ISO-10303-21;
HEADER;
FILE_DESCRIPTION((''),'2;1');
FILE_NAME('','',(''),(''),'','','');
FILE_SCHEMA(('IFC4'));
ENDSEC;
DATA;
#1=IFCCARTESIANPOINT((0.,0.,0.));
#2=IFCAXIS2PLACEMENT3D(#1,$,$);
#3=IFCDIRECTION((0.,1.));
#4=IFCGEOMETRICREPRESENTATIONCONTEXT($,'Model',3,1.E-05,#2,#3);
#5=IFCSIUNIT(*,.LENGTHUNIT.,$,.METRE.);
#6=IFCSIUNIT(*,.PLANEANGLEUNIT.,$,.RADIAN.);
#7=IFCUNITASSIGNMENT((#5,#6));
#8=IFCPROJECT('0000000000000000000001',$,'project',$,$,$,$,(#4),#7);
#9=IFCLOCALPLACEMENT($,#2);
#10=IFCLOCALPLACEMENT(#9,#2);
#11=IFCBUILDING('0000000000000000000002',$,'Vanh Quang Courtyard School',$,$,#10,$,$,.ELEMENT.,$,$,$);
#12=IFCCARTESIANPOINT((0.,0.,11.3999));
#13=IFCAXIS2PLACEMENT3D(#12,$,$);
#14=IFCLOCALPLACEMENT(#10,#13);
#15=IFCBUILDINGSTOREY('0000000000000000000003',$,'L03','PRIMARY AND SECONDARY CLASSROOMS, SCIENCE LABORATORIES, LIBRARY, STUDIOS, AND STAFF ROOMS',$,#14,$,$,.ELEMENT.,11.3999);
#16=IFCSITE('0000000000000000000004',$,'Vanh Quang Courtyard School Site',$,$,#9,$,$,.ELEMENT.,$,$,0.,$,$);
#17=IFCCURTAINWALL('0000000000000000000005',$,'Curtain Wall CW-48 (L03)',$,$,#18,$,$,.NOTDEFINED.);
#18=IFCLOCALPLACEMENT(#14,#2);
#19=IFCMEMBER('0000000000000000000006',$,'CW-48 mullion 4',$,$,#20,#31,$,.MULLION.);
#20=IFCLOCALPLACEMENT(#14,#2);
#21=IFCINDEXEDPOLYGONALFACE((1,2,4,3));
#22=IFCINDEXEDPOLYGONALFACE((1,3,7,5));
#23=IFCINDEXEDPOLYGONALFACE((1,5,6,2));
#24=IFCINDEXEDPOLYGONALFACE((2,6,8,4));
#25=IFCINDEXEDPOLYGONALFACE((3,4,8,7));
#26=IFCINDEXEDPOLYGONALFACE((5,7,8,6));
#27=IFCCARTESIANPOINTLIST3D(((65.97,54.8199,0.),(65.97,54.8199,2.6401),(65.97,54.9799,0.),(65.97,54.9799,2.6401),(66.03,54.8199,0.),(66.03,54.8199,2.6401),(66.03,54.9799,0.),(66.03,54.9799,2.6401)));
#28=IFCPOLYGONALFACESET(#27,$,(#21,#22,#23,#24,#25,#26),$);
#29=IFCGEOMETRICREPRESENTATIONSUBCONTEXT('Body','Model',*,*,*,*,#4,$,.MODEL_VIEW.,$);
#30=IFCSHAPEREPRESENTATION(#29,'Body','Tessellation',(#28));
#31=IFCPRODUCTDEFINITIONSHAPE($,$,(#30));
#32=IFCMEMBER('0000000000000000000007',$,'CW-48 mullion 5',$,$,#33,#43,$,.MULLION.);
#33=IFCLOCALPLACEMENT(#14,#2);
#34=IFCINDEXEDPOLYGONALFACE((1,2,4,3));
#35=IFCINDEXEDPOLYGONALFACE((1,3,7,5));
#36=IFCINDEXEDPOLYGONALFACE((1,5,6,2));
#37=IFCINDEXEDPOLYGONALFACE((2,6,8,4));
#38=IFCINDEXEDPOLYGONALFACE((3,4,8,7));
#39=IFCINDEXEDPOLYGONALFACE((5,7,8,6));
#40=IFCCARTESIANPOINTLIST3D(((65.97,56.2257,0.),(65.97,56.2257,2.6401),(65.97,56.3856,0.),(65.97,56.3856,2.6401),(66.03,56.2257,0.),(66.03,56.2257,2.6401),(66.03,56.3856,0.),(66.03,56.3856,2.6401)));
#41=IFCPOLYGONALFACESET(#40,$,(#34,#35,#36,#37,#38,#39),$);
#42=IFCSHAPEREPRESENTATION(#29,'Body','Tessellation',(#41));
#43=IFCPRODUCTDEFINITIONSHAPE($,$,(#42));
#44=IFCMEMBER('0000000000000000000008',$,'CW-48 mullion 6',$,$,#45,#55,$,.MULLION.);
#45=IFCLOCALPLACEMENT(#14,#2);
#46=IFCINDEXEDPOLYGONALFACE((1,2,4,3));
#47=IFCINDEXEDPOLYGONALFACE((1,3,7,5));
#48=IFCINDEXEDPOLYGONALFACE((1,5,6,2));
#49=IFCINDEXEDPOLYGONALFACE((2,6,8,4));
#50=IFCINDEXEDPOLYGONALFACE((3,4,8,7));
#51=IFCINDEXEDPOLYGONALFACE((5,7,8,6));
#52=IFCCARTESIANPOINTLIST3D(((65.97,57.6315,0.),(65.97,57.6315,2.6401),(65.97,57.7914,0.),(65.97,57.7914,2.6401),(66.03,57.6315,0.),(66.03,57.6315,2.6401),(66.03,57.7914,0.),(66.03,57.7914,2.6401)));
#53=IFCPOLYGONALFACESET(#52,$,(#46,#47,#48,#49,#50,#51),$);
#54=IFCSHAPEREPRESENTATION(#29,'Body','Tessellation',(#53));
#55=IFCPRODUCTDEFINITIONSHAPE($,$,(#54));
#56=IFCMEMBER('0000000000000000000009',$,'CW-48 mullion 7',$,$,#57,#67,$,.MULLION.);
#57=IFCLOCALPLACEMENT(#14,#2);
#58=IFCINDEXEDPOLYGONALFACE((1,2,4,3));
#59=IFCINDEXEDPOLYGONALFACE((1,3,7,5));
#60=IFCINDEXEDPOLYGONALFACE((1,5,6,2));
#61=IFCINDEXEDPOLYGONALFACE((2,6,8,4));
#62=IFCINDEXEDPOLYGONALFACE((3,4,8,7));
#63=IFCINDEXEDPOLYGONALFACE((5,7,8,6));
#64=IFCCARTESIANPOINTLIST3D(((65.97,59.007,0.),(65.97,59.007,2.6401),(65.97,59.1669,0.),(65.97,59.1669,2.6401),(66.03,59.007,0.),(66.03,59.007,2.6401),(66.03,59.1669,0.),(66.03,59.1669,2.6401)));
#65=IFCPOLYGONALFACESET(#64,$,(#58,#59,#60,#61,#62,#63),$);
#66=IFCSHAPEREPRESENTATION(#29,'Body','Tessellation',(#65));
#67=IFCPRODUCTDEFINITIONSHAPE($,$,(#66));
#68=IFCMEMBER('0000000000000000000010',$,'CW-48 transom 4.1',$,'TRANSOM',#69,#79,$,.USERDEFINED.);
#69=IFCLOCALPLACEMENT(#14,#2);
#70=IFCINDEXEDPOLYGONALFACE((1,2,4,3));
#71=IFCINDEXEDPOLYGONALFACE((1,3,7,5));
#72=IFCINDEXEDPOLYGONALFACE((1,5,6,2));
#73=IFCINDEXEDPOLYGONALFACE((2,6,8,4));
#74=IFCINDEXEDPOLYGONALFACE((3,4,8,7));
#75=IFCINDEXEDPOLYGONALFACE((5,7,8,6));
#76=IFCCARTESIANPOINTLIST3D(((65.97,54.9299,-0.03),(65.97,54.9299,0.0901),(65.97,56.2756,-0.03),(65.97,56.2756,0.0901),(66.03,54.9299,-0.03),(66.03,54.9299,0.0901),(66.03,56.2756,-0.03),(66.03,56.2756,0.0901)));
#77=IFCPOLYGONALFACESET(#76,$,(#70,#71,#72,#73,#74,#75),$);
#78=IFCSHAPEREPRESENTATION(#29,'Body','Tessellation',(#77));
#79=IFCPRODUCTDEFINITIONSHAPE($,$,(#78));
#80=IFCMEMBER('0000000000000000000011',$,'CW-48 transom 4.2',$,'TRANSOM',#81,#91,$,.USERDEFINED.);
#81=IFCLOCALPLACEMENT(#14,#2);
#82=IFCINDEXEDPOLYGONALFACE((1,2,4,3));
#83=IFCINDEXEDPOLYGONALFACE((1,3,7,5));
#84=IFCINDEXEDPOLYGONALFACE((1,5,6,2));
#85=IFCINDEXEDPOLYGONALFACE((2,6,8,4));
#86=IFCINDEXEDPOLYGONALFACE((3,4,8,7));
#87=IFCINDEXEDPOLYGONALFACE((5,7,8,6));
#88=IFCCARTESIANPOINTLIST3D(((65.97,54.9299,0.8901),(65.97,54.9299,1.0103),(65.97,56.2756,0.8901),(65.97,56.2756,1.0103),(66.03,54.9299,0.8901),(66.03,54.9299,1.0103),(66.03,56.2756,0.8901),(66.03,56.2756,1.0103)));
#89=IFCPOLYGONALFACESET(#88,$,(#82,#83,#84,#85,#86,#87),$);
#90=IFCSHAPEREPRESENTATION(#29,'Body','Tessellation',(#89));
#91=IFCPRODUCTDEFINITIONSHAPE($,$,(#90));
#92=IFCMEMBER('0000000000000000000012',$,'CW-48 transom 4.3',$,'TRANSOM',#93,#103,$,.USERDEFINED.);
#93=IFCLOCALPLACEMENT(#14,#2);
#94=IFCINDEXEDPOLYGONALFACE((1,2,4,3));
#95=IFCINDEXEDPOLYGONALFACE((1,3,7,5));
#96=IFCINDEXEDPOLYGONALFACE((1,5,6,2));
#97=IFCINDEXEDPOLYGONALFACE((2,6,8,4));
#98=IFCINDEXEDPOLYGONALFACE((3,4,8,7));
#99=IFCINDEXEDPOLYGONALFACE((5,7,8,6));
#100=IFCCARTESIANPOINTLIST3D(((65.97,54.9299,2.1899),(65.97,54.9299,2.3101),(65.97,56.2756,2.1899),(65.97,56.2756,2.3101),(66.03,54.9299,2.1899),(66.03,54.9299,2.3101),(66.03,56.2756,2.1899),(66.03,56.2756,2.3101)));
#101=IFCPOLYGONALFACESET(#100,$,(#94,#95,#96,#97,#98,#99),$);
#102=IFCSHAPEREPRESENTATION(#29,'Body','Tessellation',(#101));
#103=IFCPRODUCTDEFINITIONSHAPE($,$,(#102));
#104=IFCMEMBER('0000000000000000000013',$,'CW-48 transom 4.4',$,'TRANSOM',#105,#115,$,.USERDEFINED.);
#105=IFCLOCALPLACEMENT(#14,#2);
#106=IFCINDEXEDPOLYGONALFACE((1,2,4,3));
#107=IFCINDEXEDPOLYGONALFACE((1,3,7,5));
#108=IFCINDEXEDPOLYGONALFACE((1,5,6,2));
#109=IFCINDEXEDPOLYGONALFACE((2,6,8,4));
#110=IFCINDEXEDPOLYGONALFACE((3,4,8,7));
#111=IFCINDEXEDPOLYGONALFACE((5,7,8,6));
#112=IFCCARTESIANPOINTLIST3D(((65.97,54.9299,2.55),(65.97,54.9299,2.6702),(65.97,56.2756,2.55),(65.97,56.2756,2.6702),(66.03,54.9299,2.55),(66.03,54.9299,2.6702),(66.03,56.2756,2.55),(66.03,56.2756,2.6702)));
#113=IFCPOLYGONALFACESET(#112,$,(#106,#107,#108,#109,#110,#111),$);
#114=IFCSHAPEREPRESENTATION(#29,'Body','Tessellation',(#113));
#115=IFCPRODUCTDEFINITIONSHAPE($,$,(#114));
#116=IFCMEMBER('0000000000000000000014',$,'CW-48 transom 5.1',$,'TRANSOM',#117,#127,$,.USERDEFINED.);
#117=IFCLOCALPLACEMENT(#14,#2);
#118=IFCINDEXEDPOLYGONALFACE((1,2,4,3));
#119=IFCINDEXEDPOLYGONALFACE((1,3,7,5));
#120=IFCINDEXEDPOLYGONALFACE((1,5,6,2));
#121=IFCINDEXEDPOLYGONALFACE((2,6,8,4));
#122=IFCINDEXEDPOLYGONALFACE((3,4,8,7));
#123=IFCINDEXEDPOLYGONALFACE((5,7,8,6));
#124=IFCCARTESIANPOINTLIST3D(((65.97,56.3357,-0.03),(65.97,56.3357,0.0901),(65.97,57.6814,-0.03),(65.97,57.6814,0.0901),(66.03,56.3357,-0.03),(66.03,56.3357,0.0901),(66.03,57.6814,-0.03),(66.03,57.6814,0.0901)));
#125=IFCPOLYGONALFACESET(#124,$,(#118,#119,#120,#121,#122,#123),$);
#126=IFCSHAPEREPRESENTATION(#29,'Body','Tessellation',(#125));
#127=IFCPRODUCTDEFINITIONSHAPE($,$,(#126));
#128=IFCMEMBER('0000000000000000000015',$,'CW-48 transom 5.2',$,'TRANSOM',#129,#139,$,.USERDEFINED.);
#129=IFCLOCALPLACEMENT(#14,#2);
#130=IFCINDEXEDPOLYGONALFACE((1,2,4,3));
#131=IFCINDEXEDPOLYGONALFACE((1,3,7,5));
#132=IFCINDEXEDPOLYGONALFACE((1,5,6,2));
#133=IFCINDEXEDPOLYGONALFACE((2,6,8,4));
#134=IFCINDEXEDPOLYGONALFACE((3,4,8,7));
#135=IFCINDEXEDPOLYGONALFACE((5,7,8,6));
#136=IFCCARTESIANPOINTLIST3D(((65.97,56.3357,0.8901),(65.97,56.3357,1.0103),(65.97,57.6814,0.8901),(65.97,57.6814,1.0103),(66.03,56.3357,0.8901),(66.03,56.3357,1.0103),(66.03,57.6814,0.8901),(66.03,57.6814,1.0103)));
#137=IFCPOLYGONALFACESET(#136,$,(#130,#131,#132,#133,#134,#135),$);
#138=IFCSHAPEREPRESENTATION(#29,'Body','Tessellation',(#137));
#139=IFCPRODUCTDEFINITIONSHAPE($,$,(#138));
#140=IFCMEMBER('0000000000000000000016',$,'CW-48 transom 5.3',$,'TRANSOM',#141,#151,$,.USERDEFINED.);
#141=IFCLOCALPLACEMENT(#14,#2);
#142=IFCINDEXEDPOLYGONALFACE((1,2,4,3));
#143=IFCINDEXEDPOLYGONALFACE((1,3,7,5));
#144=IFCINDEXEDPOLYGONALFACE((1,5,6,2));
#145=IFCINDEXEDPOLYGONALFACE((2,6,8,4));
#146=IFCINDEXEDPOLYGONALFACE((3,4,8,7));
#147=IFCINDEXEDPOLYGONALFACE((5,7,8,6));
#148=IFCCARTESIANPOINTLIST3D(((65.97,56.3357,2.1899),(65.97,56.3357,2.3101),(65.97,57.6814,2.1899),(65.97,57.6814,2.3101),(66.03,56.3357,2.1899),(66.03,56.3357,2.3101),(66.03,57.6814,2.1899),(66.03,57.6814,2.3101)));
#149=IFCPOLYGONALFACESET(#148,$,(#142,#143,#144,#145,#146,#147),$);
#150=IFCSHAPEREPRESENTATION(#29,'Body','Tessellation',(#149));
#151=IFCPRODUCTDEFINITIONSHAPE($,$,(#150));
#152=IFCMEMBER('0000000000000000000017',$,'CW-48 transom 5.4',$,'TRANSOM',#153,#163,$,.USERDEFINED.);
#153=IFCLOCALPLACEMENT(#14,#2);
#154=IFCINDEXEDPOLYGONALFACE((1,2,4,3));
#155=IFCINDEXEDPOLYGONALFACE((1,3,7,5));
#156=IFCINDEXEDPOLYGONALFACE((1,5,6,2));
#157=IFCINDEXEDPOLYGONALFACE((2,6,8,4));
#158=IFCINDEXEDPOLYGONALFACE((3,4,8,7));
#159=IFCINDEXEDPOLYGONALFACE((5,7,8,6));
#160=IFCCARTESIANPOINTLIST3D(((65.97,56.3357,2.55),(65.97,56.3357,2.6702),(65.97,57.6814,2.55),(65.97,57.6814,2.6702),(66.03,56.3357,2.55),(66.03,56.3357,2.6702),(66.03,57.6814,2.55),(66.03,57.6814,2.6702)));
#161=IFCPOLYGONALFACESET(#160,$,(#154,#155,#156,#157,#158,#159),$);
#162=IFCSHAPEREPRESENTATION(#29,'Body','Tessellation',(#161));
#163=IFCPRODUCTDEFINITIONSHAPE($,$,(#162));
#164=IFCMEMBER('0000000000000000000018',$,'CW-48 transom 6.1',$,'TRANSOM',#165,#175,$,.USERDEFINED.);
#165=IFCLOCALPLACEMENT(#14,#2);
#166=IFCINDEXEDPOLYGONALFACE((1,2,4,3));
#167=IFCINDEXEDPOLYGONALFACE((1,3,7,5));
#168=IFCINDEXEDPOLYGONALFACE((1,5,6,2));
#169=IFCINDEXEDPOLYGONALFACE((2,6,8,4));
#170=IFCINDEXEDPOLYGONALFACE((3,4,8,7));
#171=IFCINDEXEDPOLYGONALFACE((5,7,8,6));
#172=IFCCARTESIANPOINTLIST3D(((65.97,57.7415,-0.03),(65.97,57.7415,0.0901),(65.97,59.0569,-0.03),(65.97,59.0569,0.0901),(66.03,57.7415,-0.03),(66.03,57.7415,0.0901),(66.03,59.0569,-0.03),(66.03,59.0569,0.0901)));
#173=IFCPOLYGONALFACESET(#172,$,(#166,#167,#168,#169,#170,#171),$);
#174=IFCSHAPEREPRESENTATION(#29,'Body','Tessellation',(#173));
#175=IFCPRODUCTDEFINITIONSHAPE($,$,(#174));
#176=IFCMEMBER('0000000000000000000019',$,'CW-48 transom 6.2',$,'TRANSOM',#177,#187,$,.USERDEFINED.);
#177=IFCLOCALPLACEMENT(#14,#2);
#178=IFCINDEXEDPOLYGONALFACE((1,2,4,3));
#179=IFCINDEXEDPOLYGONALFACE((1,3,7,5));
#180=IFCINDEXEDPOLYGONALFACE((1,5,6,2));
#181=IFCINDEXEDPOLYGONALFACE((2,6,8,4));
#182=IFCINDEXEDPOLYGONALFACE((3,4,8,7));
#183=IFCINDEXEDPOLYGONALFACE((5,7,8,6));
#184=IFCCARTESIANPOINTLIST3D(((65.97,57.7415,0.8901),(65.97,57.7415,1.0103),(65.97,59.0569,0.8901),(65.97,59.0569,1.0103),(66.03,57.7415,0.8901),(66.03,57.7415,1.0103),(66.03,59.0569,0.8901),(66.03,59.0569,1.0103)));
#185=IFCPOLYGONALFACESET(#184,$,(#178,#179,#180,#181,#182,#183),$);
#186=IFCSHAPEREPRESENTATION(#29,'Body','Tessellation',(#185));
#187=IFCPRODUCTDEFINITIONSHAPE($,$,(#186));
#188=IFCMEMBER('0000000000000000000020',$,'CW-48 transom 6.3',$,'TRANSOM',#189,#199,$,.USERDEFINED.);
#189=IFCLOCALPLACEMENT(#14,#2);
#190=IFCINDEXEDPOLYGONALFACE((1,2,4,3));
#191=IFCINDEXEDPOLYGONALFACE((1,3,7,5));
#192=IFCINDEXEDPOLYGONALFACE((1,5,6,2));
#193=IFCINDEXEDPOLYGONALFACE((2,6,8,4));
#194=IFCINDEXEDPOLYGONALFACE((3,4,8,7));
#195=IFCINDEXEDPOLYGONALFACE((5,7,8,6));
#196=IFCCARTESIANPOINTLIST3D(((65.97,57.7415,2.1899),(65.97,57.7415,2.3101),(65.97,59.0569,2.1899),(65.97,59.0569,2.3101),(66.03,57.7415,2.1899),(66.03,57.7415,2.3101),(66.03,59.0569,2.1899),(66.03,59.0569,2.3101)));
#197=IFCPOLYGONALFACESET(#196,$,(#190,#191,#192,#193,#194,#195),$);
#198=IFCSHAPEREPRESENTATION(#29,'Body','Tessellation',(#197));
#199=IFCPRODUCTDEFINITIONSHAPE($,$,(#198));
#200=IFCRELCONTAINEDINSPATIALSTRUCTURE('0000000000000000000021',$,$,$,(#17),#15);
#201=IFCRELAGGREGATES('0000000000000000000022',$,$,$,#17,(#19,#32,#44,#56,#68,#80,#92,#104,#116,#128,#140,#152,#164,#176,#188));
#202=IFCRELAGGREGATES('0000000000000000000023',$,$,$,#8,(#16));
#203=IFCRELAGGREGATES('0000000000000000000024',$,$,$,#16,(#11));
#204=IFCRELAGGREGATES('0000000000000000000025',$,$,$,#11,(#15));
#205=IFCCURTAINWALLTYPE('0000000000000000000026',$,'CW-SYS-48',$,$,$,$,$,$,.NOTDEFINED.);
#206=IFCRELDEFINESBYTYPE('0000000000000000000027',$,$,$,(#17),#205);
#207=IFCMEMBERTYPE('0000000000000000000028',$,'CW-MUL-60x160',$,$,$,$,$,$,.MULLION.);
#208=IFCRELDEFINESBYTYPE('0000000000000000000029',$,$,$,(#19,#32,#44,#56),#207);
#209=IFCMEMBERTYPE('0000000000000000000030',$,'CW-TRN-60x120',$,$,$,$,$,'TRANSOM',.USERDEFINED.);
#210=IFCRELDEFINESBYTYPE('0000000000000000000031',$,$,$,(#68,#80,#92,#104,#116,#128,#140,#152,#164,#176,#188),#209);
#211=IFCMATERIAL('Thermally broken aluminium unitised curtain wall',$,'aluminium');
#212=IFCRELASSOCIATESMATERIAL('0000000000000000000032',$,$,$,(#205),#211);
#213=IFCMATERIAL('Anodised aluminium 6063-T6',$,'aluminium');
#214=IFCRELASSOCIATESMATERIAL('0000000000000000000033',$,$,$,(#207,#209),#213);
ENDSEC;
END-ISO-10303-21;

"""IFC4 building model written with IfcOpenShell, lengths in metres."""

from ifc_helpers import new_model, si_unit, direction, frame, origin, origin_2d, place, context, subcontext, project, spatial, rectangle, extrude, material, material_profile, profile_set, type_object, element, aggregate, save


model = new_model("IFC4")

# Units and contexts
model_context = context("Model", 3, precision=1e-05, world=origin(), true_north=direction((0.0, 1.0)))
body_context = subcontext(model_context, "Body", "Model", "MODEL_VIEW")
ifc_project = project(units=[si_unit("LENGTHUNIT", "METRE"), si_unit("PLANEANGLEUNIT", "RADIAN")], contexts=[model_context])

# Site, building, storey
site_placement = place(None, origin())
site = spatial("IfcSite", under=ifc_project, at=site_placement, Name="Vanh Quang Courtyard School Site", CompositionType="ELEMENT", RefElevation=0.0)
building_placement = place(site_placement, origin())
building = spatial("IfcBuilding", under=site, at=building_placement, Name="Vanh Quang Courtyard School", CompositionType="ELEMENT")
storey_placement = place(building_placement, frame((0.0, 0.0, 11.3999)))
storey = spatial("IfcBuildingStorey", under=building, at=storey_placement, Name="L03", Description="PRIMARY AND SECONDARY CLASSROOMS, SCIENCE LABORATORIES, LIBRARY, STUDIOS, AND STAFF ROOMS", CompositionType="ELEMENT", Elevation=11.3999)

# Curtain wall, members
ifc_material_1 = material(Name="Thermally broken aluminium unitised curtain wall", Category="aluminium")
curtain_wall_type = type_object("IfcCurtainWallType", Name="CW-SYS-48", PredefinedType="NOTDEFINED", material=ifc_material_1)
curtain_wall_placement = place(storey_placement, origin())
curtain_wall = element("IfcCurtainWall", 1, at=curtain_wall_placement, inside=storey, type_object=curtain_wall_type, Name="Curtain Wall CW-48 (L03)", PredefinedType="NOTDEFINED")
ifc_material_2 = material(Name="Anodised aluminium 6063-T6", Category="aluminium")
ifc_material_profile_1 = material_profile(ifc_material_2, rectangle(XDim=0.0601, YDim=0.1599, at=origin_2d()), Name="ALU-MUL 60x160")
ifc_profile_set_1 = profile_set([ifc_material_profile_1], Name="Anodised aluminium 6063-T6")
member_type_1 = type_object("IfcMemberType", Name="CW-MUL-60x160", PredefinedType="MULLION", material=ifc_profile_set_1)
member_1_placement = place(storey_placement, frame((66.0, 54.8999, 0.0), z_axis=(0.0, 0.0, 1.0), x_axis=(-1.0, 0.0, 0.0)))
member_1 = element("IfcMember", 2, at=member_1_placement, type_object=member_type_1, Name="CW-48 mullion 4", PredefinedType="MULLION", context=body_context, shape_type="SweptSolid", body=[
    extrude(rectangle(XDim=0.0601, YDim=0.1599, at=origin_2d()), origin(), (0.0, 0.0, 1.0), 2.6401),
])
member_2_placement = place(storey_placement, frame((66.0, 56.3057, 0.0), z_axis=(0.0, 0.0, 1.0), x_axis=(-1.0, 0.0, 0.0)))
member_2 = element("IfcMember", 3, at=member_2_placement, type_object=member_type_1, Name="CW-48 mullion 5", PredefinedType="MULLION", context=body_context, shape_type="SweptSolid", body=[
    extrude(rectangle(XDim=0.0601, YDim=0.1599, at=origin_2d()), origin(), (0.0, 0.0, 1.0), 2.6401),
])
member_3_placement = place(storey_placement, frame((66.0, 57.7114, 0.0), z_axis=(0.0, 0.0, 1.0), x_axis=(-1.0, 0.0, 0.0)))
member_3 = element("IfcMember", 4, at=member_3_placement, type_object=member_type_1, Name="CW-48 mullion 6", PredefinedType="MULLION", context=body_context, shape_type="SweptSolid", body=[
    extrude(rectangle(XDim=0.0601, YDim=0.1599, at=origin_2d()), origin(), (0.0, 0.0, 1.0), 2.6401),
])
member_4_placement = place(storey_placement, frame((66.0, 59.0869, 0.0), z_axis=(0.0, 0.0, 1.0), x_axis=(-1.0, 0.0, 0.0)))
member_4 = element("IfcMember", 5, at=member_4_placement, type_object=member_type_1, Name="CW-48 mullion 7", PredefinedType="MULLION", context=body_context, shape_type="SweptSolid", body=[
    extrude(rectangle(XDim=0.0601, YDim=0.1599, at=origin_2d()), origin(), (0.0, 0.0, 1.0), 2.6401),
])
ifc_material_profile_2 = material_profile(ifc_material_2, rectangle(XDim=0.0601, YDim=0.1201, at=origin_2d()), Name="ALU-TRN 60x120")
ifc_profile_set_2 = profile_set([ifc_material_profile_2], Name="Anodised aluminium 6063-T6")
member_type_2 = type_object("IfcMemberType", Name="CW-TRN-60x120", ElementType="TRANSOM", PredefinedType="USERDEFINED", material=ifc_profile_set_2)
member_5_placement = place(storey_placement, frame((66.0, 54.9299, 0.03), z_axis=(0.0, 1.0, 0.0), x_axis=(-1.0, 0.0, 0.0)))
member_5 = element("IfcMember", 6, at=member_5_placement, type_object=member_type_2, Name="CW-48 transom 4.1", ObjectType="TRANSOM", PredefinedType="USERDEFINED", context=body_context, shape_type="SweptSolid", body=[
    extrude(rectangle(XDim=0.0601, YDim=0.1201, at=origin_2d()), origin(), (0.0, 0.0, 1.0), 1.3457),
])
member_6_placement = place(storey_placement, frame((66.0, 54.9299, 0.9502), z_axis=(0.0, 1.0, 0.0), x_axis=(-1.0, 0.0, 0.0)))
member_6 = element("IfcMember", 7, at=member_6_placement, type_object=member_type_2, Name="CW-48 transom 4.2", ObjectType="TRANSOM", PredefinedType="USERDEFINED", context=body_context, shape_type="SweptSolid", body=[
    extrude(rectangle(XDim=0.0601, YDim=0.1201, at=origin_2d()), origin(), (0.0, 0.0, 1.0), 1.3457),
])
member_7_placement = place(storey_placement, frame((66.0, 54.9299, 2.25), z_axis=(0.0, 1.0, 0.0), x_axis=(-1.0, 0.0, 0.0)))
member_7 = element("IfcMember", 8, at=member_7_placement, type_object=member_type_2, Name="CW-48 transom 4.3", ObjectType="TRANSOM", PredefinedType="USERDEFINED", context=body_context, shape_type="SweptSolid", body=[
    extrude(rectangle(XDim=0.0601, YDim=0.1201, at=origin_2d()), origin(), (0.0, 0.0, 1.0), 1.3457),
])
member_8_placement = place(storey_placement, frame((66.0, 54.9299, 2.6101), z_axis=(0.0, 1.0, 0.0), x_axis=(-1.0, 0.0, 0.0)))
member_8 = element("IfcMember", 9, at=member_8_placement, type_object=member_type_2, Name="CW-48 transom 4.4", ObjectType="TRANSOM", PredefinedType="USERDEFINED", context=body_context, shape_type="SweptSolid", body=[
    extrude(rectangle(XDim=0.0601, YDim=0.1201, at=origin_2d()), origin(), (0.0, 0.0, 1.0), 1.3457),
])
member_9_placement = place(storey_placement, frame((66.0, 56.3357, 0.03), z_axis=(0.0, 1.0, 0.0), x_axis=(-1.0, 0.0, 0.0)))
member_9 = element("IfcMember", 10, at=member_9_placement, type_object=member_type_2, Name="CW-48 transom 5.1", ObjectType="TRANSOM", PredefinedType="USERDEFINED", context=body_context, shape_type="SweptSolid", body=[
    extrude(rectangle(XDim=0.0601, YDim=0.1201, at=origin_2d()), origin(), (0.0, 0.0, 1.0), 1.3457),
])
member_10_placement = place(storey_placement, frame((66.0, 56.3357, 0.9502), z_axis=(0.0, 1.0, 0.0), x_axis=(-1.0, 0.0, 0.0)))
member_10 = element("IfcMember", 11, at=member_10_placement, type_object=member_type_2, Name="CW-48 transom 5.2", ObjectType="TRANSOM", PredefinedType="USERDEFINED", context=body_context, shape_type="SweptSolid", body=[
    extrude(rectangle(XDim=0.0601, YDim=0.1201, at=origin_2d()), origin(), (0.0, 0.0, 1.0), 1.3457),
])
member_11_placement = place(storey_placement, frame((66.0, 56.3357, 2.25), z_axis=(0.0, 1.0, 0.0), x_axis=(-1.0, 0.0, 0.0)))
member_11 = element("IfcMember", 12, at=member_11_placement, type_object=member_type_2, Name="CW-48 transom 5.3", ObjectType="TRANSOM", PredefinedType="USERDEFINED", context=body_context, shape_type="SweptSolid", body=[
    extrude(rectangle(XDim=0.0601, YDim=0.1201, at=origin_2d()), origin(), (0.0, 0.0, 1.0), 1.3457),
])
member_12_placement = place(storey_placement, frame((66.0, 56.3357, 2.6101), z_axis=(0.0, 1.0, 0.0), x_axis=(-1.0, 0.0, 0.0)))
member_12 = element("IfcMember", 13, at=member_12_placement, type_object=member_type_2, Name="CW-48 transom 5.4", ObjectType="TRANSOM", PredefinedType="USERDEFINED", context=body_context, shape_type="SweptSolid", body=[
    extrude(rectangle(XDim=0.0601, YDim=0.1201, at=origin_2d()), origin(), (0.0, 0.0, 1.0), 1.3457),
])
member_13_placement = place(storey_placement, frame((66.0, 57.7415, 0.03), z_axis=(0.0, 1.0, 0.0), x_axis=(-1.0, 0.0, 0.0)))
member_13 = element("IfcMember", 14, at=member_13_placement, type_object=member_type_2, Name="CW-48 transom 6.1", ObjectType="TRANSOM", PredefinedType="USERDEFINED", context=body_context, shape_type="SweptSolid", body=[
    extrude(rectangle(XDim=0.0601, YDim=0.1201, at=origin_2d()), origin(), (0.0, 0.0, 1.0), 1.3154),
])
member_14_placement = place(storey_placement, frame((66.0, 57.7415, 0.9502), z_axis=(0.0, 1.0, 0.0), x_axis=(-1.0, 0.0, 0.0)))
member_14 = element("IfcMember", 15, at=member_14_placement, type_object=member_type_2, Name="CW-48 transom 6.2", ObjectType="TRANSOM", PredefinedType="USERDEFINED", context=body_context, shape_type="SweptSolid", body=[
    extrude(rectangle(XDim=0.0601, YDim=0.1201, at=origin_2d()), origin(), (0.0, 0.0, 1.0), 1.3154),
])
member_15_placement = place(storey_placement, frame((66.0, 57.7415, 2.25), z_axis=(0.0, 1.0, 0.0), x_axis=(-1.0, 0.0, 0.0)))
member_15 = element("IfcMember", 16, at=member_15_placement, type_object=member_type_2, Name="CW-48 transom 6.3", ObjectType="TRANSOM", PredefinedType="USERDEFINED", context=body_context, shape_type="SweptSolid", body=[
    extrude(rectangle(XDim=0.0601, YDim=0.1201, at=origin_2d()), origin(), (0.0, 0.0, 1.0), 1.3154),
])

aggregate(curtain_wall, [member_1, member_2, member_3, member_4, member_5, member_6, member_7, member_8, member_9, member_10, member_11, member_12, member_13, member_14, member_15])

save(model, "model.ifc")
